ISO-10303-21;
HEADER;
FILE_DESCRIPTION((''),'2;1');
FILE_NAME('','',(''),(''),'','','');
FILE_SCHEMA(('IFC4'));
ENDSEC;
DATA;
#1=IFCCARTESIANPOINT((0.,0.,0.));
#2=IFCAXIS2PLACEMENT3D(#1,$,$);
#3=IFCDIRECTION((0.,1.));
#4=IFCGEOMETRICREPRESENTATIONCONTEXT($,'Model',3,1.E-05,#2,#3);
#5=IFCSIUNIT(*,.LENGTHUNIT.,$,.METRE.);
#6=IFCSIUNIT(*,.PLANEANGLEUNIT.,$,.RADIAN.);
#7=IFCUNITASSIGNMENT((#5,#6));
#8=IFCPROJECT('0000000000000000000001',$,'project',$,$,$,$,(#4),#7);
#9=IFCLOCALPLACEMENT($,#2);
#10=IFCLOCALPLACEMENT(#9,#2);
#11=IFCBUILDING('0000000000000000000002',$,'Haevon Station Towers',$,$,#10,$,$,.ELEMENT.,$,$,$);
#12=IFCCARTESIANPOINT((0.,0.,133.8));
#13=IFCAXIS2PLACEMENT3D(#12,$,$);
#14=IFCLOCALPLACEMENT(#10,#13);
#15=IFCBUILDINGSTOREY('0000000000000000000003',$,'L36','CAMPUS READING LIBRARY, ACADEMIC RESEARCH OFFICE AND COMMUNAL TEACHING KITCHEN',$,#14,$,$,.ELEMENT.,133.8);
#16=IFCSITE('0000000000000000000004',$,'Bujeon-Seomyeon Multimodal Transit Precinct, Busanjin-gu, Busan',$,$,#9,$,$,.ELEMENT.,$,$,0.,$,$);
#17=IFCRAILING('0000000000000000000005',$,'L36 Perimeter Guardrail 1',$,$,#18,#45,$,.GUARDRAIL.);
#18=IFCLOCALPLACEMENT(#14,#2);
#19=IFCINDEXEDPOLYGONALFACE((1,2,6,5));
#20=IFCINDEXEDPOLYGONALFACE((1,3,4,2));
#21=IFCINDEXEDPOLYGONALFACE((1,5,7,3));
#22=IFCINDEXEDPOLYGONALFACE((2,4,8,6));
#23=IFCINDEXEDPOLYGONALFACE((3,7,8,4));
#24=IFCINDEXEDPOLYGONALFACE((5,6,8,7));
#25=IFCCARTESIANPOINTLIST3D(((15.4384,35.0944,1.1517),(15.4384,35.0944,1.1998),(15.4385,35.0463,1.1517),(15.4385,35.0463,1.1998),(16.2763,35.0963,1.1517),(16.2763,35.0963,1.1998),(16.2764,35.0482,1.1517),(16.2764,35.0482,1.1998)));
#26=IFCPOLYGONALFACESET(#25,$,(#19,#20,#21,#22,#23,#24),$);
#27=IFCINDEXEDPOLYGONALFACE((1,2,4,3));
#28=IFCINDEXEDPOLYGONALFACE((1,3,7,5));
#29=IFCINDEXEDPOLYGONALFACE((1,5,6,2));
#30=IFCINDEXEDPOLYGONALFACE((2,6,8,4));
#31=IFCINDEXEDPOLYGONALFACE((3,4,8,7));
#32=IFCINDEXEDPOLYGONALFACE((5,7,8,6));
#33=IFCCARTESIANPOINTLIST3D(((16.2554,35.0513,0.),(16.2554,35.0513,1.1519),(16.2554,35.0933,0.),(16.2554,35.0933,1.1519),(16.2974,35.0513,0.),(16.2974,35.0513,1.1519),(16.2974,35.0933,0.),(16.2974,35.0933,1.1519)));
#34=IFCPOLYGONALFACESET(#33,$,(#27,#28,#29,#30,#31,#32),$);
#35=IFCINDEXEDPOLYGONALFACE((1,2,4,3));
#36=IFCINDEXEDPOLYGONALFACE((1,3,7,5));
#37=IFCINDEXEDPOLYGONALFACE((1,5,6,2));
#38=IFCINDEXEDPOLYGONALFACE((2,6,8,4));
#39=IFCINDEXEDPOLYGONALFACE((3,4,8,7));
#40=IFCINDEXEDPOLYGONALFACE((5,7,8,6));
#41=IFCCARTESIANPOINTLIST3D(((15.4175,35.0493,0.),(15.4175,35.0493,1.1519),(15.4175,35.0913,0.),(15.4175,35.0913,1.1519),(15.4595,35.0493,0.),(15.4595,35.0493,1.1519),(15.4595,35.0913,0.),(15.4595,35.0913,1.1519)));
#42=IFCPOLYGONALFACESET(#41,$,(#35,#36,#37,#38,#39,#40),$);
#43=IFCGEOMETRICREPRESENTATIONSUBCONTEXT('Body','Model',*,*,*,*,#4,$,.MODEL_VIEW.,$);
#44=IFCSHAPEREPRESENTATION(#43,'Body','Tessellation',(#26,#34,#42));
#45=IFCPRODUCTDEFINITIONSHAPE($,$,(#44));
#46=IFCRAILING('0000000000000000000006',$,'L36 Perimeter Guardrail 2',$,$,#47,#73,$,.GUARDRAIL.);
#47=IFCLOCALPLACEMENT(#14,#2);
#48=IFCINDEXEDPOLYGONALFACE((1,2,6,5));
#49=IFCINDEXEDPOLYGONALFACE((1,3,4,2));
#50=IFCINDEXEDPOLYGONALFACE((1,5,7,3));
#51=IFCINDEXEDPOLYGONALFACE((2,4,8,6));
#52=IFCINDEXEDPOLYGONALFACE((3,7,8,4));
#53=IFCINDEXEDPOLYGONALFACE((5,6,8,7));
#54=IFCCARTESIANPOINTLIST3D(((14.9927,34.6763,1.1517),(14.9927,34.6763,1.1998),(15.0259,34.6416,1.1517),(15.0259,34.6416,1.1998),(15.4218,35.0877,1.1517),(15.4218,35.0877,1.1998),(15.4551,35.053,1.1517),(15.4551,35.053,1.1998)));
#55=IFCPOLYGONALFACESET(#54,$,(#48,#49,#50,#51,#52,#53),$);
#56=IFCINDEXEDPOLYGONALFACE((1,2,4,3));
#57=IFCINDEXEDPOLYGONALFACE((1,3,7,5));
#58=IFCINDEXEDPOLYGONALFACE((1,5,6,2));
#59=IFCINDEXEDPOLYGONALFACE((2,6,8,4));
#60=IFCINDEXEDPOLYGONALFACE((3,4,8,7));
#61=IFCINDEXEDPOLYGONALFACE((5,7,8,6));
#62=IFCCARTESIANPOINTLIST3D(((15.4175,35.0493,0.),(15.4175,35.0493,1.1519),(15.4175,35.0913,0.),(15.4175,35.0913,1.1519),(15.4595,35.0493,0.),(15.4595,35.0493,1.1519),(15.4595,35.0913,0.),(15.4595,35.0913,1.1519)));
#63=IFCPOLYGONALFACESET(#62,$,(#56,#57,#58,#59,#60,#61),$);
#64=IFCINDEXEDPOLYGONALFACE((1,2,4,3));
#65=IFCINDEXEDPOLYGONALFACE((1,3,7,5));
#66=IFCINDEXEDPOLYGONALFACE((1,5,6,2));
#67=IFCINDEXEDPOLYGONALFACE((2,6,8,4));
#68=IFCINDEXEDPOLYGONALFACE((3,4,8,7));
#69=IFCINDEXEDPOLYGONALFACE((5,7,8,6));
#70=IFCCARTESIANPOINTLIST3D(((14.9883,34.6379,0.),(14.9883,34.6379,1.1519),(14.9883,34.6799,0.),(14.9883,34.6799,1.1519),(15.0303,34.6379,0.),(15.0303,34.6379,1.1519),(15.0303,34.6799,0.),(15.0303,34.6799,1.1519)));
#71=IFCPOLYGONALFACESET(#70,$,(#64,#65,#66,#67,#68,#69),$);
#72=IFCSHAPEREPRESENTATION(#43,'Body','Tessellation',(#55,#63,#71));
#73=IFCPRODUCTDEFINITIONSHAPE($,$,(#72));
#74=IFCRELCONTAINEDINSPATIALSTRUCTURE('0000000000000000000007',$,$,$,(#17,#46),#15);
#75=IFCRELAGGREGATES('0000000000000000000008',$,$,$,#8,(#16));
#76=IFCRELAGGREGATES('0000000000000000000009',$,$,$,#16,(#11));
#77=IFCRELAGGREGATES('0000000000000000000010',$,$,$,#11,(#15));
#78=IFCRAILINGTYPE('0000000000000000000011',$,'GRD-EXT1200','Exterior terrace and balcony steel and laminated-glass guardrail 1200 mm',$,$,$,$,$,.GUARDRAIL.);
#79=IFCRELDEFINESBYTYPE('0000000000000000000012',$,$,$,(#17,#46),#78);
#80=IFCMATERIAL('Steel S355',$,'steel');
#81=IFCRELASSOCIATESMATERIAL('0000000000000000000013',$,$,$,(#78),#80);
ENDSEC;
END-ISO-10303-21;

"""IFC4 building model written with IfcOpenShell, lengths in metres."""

from ifc_helpers import new_model, si_unit, direction, frame, origin, origin_2d, place, context, subcontext, project, spatial, rectangle, extrude, material, type_object, element, save


model = new_model("IFC4")

# Units and contexts
model_context = context("Model", 3, precision=1e-05, world=origin(), true_north=direction((0.0, 1.0)))
body_context = subcontext(model_context, "Body", "Model", "MODEL_VIEW")
ifc_project = project(units=[si_unit("LENGTHUNIT", "METRE"), si_unit("PLANEANGLEUNIT", "RADIAN")], contexts=[model_context])

# Site, building, storey
site_placement = place(None, origin())
site = spatial("IfcSite", under=ifc_project, at=site_placement, Name="Bujeon-Seomyeon Multimodal Transit Precinct, Busanjin-gu, Busan", CompositionType="ELEMENT", RefElevation=0.0)
building_placement = place(site_placement, origin())
building = spatial("IfcBuilding", under=site, at=building_placement, Name="Haevon Station Towers", CompositionType="ELEMENT")
storey_placement = place(building_placement, frame((0.0, 0.0, 133.8)))
storey = spatial("IfcBuildingStorey", under=building, at=storey_placement, Name="L36", Description="CAMPUS READING LIBRARY, ACADEMIC RESEARCH OFFICE AND COMMUNAL TEACHING KITCHEN", CompositionType="ELEMENT", Elevation=133.8)

# Shared definitions
ifc_material_1 = material(Name="Steel S355", Category="steel")

# Railings
railing_type = type_object("IfcRailingType", Name="GRD-EXT1200", Description="Exterior terrace and balcony steel and laminated-glass guardrail 1200 mm", PredefinedType="GUARDRAIL", material=ifc_material_1)
railing_1_placement = place(storey_placement, frame((16.2764, 35.0723, 0.0)))
element("IfcRailing", 1, at=railing_1_placement, inside=storey, type_object=railing_type, Name="L36 Perimeter Guardrail 1", PredefinedType="GUARDRAIL", context=body_context, shape_type="SweptSolid", body=[
    extrude(rectangle(XDim=0.0481, YDim=0.0481, at=origin_2d()), frame((0.0, 0.0, 1.1758), z_axis=(-0.999997, -0.002331, 0.0), x_axis=(0.002331, -0.999997, 0.0)), (0.0, 0.0, 1.0), 0.8379),
    extrude(rectangle(XDim=0.042, YDim=0.042, at=origin_2d()), origin(), (0.0, 0.0, 1.0), 1.1519),
    extrude(rectangle(XDim=0.042, YDim=0.042, at=origin_2d()), frame((-0.8379, -0.002, 0.0)), (0.0, 0.0, 1.0), 1.1519),
])
railing_2_placement = place(storey_placement, frame((15.4385, 35.0703, 0.0)))
element("IfcRailing", 2, at=railing_2_placement, inside=storey, type_object=railing_type, Name="L36 Perimeter Guardrail 2", PredefinedType="GUARDRAIL", context=body_context, shape_type="SweptSolid", body=[
    extrude(rectangle(XDim=0.0481, YDim=0.0481, at=origin_2d()), frame((0.0, 0.0, 1.1758), z_axis=(-0.721937, -0.691959, 0.0), x_axis=(0.691959, -0.721937, 0.0)), (0.0, 0.0, 1.0), 0.5945),
    extrude(rectangle(XDim=0.042, YDim=0.042, at=origin_2d()), origin(), (0.0, 0.0, 1.0), 1.1519),
    extrude(rectangle(XDim=0.042, YDim=0.042, at=origin_2d()), frame((-0.4292, -0.4114, 0.0)), (0.0, 0.0, 1.0), 1.1519),
])

save(model, "model.ifc")
